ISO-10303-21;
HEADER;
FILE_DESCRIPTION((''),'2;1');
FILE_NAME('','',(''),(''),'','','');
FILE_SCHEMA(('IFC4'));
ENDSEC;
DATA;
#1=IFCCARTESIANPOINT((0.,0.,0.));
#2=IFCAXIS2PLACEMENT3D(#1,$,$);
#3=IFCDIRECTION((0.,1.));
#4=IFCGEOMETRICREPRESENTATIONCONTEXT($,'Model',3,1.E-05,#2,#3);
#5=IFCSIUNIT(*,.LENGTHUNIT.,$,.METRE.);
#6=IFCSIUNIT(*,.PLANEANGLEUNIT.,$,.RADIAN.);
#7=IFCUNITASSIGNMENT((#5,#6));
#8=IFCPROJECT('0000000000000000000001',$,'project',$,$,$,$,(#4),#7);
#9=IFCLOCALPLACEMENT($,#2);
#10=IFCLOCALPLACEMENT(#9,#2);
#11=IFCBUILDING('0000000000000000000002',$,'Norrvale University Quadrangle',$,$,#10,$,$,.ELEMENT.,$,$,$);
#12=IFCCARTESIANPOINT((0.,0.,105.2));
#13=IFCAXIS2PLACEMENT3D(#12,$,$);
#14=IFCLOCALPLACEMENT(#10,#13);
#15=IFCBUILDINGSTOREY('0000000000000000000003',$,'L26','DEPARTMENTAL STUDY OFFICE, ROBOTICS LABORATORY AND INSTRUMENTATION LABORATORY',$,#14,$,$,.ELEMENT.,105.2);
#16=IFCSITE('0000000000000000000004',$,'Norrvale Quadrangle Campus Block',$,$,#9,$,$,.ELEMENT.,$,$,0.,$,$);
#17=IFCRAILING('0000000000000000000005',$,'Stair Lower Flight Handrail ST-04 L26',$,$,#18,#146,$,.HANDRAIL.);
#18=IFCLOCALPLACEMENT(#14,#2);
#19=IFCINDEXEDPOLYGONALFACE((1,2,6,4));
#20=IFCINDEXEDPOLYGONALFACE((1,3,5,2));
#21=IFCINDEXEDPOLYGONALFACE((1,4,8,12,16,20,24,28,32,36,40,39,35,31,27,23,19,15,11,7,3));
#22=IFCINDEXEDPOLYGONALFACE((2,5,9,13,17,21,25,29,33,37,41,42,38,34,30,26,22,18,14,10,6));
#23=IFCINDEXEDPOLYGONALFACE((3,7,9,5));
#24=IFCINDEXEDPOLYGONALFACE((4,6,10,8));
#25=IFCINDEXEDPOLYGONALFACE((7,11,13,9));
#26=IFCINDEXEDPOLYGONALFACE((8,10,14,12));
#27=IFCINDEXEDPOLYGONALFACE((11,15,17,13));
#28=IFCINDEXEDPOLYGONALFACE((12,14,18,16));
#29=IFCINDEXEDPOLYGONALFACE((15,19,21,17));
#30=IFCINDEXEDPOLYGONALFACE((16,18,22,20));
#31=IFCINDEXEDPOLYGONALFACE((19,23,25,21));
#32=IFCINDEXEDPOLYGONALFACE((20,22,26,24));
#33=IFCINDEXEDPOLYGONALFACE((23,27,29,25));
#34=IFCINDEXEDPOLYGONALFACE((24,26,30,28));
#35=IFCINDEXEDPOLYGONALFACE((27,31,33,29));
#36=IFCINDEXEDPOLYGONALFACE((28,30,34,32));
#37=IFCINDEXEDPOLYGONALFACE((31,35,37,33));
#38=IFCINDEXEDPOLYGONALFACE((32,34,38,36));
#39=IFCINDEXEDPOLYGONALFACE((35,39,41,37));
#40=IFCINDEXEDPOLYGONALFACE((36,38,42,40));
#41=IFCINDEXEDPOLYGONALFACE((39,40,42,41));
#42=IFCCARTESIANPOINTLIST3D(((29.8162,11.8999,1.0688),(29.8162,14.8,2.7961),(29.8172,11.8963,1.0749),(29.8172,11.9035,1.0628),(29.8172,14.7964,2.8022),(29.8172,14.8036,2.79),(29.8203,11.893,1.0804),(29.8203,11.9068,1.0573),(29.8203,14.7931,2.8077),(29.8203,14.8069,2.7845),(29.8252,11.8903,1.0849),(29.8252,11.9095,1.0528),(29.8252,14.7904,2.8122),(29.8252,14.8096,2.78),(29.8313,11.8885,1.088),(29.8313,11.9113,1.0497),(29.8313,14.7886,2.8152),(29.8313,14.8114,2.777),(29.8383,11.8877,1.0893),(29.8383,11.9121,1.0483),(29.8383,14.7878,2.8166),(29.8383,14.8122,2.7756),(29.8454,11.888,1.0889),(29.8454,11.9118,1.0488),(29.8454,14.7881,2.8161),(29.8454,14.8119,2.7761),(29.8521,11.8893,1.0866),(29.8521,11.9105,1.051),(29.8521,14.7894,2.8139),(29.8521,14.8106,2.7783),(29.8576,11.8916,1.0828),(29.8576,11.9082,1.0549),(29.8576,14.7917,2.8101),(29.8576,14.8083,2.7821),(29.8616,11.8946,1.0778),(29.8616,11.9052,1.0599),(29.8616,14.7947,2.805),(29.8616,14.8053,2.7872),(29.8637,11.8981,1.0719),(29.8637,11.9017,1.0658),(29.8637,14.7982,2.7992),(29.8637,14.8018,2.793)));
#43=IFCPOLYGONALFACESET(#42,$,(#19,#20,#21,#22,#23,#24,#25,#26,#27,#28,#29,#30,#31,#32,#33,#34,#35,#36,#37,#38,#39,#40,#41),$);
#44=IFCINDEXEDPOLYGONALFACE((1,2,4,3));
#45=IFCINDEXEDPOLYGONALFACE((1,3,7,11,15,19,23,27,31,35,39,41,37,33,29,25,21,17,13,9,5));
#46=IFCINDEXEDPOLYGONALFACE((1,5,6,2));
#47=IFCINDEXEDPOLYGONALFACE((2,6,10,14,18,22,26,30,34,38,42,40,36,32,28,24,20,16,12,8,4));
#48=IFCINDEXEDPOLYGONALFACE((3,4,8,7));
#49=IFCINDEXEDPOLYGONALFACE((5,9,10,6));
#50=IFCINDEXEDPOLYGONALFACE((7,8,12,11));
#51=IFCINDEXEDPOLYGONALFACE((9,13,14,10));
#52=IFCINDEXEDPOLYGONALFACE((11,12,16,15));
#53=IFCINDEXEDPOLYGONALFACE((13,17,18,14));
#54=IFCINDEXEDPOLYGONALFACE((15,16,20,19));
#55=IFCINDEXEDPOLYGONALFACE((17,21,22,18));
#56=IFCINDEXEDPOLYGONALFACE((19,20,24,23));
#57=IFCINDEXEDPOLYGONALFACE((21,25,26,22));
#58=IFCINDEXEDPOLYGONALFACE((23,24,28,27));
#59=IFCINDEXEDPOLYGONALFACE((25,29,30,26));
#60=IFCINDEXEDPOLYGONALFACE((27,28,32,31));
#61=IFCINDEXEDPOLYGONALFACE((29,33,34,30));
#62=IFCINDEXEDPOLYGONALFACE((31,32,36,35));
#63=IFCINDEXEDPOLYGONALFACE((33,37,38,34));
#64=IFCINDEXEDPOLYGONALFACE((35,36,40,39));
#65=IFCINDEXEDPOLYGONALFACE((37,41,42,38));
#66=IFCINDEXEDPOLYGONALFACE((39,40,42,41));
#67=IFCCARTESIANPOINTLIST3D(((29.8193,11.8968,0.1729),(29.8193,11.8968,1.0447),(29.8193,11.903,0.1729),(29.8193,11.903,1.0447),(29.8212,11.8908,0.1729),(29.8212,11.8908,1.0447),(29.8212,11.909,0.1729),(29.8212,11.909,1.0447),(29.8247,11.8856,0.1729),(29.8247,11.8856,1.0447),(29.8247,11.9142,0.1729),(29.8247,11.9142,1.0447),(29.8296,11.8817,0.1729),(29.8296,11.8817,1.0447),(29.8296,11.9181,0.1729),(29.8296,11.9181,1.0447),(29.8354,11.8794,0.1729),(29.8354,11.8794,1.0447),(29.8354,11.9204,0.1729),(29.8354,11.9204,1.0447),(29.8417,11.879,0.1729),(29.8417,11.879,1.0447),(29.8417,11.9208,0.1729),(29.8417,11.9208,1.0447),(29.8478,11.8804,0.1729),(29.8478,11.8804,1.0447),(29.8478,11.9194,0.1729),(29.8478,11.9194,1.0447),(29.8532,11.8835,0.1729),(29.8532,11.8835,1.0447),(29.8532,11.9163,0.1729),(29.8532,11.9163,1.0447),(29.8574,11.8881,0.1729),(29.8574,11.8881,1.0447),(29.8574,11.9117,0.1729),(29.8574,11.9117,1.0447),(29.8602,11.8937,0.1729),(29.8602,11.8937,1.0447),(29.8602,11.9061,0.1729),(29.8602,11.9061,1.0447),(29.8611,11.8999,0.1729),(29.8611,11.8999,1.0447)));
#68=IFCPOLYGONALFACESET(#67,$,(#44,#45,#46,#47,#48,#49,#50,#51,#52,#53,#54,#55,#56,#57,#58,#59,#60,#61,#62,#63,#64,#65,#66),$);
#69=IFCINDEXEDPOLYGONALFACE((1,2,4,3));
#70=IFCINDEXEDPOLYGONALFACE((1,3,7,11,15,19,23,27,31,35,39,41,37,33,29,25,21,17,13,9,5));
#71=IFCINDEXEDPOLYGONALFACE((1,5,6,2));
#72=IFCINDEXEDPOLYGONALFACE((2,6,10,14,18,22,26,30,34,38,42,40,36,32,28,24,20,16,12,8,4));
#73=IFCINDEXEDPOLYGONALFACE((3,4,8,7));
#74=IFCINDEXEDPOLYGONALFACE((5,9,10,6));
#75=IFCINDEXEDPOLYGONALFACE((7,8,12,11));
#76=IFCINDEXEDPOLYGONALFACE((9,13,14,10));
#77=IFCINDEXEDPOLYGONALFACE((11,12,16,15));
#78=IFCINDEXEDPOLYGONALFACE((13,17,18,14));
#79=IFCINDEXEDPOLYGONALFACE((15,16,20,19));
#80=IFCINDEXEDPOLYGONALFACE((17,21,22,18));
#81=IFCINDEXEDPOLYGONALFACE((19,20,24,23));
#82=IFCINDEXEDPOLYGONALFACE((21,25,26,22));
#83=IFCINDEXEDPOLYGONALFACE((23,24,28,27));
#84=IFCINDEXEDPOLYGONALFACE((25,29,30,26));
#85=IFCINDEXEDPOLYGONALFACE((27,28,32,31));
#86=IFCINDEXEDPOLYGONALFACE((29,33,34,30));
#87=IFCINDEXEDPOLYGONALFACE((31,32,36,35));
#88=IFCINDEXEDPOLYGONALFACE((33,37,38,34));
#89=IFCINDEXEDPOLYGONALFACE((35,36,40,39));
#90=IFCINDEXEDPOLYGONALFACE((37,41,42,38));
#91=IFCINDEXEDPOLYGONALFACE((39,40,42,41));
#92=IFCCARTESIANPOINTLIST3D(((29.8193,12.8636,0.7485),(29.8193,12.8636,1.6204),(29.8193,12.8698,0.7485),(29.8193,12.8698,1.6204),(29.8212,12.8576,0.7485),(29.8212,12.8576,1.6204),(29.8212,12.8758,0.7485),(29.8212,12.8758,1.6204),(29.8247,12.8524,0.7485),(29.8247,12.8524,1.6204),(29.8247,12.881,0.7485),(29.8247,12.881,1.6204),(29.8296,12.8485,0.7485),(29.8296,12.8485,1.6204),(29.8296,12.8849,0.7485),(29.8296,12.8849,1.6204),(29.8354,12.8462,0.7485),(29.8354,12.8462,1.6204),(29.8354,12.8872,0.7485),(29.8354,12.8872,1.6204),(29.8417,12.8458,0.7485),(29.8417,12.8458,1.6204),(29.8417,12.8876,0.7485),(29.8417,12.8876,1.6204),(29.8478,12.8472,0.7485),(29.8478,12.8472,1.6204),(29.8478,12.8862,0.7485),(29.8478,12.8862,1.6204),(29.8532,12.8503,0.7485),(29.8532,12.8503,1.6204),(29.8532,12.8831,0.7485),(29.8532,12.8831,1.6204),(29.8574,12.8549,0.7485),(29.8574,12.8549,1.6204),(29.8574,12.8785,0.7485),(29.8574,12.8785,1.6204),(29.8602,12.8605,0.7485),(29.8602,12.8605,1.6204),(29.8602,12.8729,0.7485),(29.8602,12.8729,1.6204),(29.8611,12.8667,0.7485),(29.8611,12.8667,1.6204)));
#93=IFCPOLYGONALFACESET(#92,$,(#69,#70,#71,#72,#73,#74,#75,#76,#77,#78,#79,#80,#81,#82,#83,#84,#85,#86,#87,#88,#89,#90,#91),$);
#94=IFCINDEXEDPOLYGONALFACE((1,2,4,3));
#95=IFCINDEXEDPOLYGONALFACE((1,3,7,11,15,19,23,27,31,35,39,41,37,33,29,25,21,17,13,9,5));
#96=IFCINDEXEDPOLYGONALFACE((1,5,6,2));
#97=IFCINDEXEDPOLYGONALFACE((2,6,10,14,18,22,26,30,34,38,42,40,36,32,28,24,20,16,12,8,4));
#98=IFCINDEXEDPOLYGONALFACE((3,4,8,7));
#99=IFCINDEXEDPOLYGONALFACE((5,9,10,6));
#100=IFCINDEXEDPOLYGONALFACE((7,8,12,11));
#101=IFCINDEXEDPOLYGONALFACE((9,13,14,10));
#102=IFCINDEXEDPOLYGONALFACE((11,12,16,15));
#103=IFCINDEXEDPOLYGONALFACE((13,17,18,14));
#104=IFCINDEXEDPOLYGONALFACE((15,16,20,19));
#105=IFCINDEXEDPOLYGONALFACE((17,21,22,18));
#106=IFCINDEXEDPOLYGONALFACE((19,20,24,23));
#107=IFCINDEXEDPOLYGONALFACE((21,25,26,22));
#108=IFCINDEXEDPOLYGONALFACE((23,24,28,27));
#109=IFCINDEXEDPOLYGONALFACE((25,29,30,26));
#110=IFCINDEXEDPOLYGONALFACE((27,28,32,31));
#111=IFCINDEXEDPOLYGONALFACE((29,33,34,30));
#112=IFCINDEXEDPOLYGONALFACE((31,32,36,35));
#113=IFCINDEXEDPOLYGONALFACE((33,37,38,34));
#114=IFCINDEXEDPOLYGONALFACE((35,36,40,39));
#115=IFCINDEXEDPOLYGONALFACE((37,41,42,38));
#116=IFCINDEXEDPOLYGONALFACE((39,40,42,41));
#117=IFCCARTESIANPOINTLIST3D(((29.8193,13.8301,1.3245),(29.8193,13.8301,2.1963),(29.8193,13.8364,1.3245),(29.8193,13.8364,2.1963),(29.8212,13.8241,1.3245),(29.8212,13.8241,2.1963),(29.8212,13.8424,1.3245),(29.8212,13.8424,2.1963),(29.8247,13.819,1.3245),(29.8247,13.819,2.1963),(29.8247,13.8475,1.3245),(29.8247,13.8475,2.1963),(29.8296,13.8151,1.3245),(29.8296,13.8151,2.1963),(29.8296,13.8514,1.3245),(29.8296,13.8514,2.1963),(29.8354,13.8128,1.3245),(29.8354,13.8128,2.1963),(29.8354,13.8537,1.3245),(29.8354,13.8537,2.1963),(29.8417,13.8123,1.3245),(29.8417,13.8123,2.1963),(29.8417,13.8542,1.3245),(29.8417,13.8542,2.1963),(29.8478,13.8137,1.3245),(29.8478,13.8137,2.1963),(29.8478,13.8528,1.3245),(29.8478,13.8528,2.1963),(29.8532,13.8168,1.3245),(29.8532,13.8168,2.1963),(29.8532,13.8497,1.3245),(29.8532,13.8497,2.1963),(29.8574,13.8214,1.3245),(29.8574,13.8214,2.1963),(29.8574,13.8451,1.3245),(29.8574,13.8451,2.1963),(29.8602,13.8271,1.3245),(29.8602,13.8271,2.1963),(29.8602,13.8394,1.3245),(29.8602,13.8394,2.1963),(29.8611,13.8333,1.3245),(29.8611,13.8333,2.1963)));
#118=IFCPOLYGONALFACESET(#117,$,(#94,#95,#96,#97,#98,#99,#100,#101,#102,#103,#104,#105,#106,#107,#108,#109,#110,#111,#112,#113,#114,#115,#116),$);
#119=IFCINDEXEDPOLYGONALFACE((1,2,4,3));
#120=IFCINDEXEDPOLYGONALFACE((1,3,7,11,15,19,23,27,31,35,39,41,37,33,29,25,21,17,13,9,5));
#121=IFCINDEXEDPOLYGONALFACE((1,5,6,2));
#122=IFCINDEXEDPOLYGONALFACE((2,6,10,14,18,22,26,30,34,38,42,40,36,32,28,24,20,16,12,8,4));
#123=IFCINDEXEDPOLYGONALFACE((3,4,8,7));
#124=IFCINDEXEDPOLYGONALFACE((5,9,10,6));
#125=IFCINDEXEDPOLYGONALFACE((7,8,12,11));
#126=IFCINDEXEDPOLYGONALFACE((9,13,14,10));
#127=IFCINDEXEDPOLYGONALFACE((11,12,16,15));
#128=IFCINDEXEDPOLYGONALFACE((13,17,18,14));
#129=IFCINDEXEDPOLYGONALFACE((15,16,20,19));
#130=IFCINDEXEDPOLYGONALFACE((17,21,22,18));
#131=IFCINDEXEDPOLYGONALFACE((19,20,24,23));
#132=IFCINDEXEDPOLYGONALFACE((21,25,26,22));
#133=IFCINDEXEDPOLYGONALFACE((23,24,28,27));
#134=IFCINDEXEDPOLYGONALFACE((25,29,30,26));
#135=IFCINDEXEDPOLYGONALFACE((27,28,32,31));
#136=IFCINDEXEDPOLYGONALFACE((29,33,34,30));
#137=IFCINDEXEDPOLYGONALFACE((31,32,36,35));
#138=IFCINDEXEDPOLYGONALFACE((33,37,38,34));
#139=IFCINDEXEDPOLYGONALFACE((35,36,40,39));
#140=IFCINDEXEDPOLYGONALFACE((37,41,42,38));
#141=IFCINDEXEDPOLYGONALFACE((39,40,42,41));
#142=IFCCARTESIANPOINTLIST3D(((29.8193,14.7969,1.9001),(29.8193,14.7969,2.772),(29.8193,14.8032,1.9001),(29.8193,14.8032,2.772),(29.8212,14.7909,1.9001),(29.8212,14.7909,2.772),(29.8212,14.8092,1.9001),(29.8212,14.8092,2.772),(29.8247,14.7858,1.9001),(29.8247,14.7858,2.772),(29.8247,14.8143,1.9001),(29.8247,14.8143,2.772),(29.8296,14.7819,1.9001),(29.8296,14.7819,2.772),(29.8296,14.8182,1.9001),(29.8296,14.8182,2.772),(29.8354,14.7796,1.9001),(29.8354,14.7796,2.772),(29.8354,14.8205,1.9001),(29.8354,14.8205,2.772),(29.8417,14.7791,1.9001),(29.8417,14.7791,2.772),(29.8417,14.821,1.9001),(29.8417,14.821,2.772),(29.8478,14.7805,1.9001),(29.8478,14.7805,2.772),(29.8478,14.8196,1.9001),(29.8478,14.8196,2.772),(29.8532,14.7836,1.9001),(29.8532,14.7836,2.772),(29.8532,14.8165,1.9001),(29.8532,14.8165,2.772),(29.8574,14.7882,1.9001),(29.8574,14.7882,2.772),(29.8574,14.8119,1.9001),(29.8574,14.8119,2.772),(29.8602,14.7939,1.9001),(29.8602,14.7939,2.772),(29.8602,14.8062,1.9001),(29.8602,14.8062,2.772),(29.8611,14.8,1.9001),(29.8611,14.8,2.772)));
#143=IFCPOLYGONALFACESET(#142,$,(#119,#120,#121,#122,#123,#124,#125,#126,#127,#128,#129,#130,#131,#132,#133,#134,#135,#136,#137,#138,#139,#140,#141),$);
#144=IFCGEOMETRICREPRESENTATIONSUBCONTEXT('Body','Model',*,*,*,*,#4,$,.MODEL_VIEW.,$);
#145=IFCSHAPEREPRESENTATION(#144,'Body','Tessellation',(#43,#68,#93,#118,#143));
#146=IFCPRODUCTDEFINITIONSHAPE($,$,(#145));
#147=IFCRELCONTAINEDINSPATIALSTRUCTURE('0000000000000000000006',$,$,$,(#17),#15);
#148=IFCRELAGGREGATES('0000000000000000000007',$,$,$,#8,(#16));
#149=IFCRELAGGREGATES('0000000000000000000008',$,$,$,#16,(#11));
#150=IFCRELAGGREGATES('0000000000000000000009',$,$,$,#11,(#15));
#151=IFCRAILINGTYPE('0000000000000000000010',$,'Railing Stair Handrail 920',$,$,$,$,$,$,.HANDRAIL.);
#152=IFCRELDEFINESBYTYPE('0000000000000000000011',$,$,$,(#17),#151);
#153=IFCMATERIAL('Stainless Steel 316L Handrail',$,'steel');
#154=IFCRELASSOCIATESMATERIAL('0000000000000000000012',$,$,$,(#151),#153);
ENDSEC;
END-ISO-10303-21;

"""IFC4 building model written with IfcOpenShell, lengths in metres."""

from ifc_helpers import new_model, si_unit, direction, frame, origin, origin_2d, place, context, subcontext, project, spatial, circle, extrude, material, type_object, element, save


model = new_model("IFC4")

# Units and contexts
model_context = context("Model", 3, precision=1e-05, world=origin(), true_north=direction((0.0, 1.0)))
body_context = subcontext(model_context, "Body", "Model", "MODEL_VIEW")
ifc_project = project(units=[si_unit("LENGTHUNIT", "METRE"), si_unit("PLANEANGLEUNIT", "RADIAN")], contexts=[model_context])

# Site, building, storey
site_placement = place(None, origin())
site = spatial("IfcSite", under=ifc_project, at=site_placement, Name="Norrvale Quadrangle Campus Block", CompositionType="ELEMENT", RefElevation=0.0)
building_placement = place(site_placement, origin())
building = spatial("IfcBuilding", under=site, at=building_placement, Name="Norrvale University Quadrangle", CompositionType="ELEMENT")
storey_placement = place(building_placement, frame((0.0, 0.0, 105.2)))
storey = spatial("IfcBuildingStorey", under=building, at=storey_placement, Name="L26", Description="DEPARTMENTAL STUDY OFFICE, ROBOTICS LABORATORY AND INSTRUMENTATION LABORATORY", CompositionType="ELEMENT", Elevation=105.2)

# Railing
ifc_material_1 = material(Name="Stainless Steel 316L Handrail", Category="steel")
railing_type_1 = type_object("IfcRailingType", Name="Railing Stair Handrail 920", PredefinedType="HANDRAIL", material=ifc_material_1)
railing_1_placement = place(storey_placement, frame((29.8401, 11.8999, 0.1729)))
element("IfcRailing", 1, at=railing_1_placement, inside=storey, type_object=railing_type_1, Name="Stair Lower Flight Handrail ST-04 L26", PredefinedType="HANDRAIL", context=body_context, shape_type="SweptSolid", body=[
    extrude(circle(Radius=0.0239, at=origin_2d()), frame((0.0, 0.0, 0.896), z_axis=(0.0, 0.85916, 0.511706), x_axis=(-1.0, 0.0, 0.0)), (0.0, 0.0, 1.0), 3.3755),
    extrude(circle(Radius=0.021, at=origin_2d()), origin(), (0.0, 0.0, 1.0), 0.8718),
    extrude(circle(Radius=0.021, at=origin_2d()), frame((0.0, 0.9668, 0.5757)), (0.0, 0.0, 1.0), 0.8718),
    extrude(circle(Radius=0.021, at=origin_2d()), frame((0.0, 1.9333, 1.1516)), (0.0, 0.0, 1.0), 0.8718),
    extrude(circle(Radius=0.021, at=origin_2d()), frame((0.0, 2.9001, 1.7273)), (0.0, 0.0, 1.0), 0.8718),
])

save(model, "model.ifc")
